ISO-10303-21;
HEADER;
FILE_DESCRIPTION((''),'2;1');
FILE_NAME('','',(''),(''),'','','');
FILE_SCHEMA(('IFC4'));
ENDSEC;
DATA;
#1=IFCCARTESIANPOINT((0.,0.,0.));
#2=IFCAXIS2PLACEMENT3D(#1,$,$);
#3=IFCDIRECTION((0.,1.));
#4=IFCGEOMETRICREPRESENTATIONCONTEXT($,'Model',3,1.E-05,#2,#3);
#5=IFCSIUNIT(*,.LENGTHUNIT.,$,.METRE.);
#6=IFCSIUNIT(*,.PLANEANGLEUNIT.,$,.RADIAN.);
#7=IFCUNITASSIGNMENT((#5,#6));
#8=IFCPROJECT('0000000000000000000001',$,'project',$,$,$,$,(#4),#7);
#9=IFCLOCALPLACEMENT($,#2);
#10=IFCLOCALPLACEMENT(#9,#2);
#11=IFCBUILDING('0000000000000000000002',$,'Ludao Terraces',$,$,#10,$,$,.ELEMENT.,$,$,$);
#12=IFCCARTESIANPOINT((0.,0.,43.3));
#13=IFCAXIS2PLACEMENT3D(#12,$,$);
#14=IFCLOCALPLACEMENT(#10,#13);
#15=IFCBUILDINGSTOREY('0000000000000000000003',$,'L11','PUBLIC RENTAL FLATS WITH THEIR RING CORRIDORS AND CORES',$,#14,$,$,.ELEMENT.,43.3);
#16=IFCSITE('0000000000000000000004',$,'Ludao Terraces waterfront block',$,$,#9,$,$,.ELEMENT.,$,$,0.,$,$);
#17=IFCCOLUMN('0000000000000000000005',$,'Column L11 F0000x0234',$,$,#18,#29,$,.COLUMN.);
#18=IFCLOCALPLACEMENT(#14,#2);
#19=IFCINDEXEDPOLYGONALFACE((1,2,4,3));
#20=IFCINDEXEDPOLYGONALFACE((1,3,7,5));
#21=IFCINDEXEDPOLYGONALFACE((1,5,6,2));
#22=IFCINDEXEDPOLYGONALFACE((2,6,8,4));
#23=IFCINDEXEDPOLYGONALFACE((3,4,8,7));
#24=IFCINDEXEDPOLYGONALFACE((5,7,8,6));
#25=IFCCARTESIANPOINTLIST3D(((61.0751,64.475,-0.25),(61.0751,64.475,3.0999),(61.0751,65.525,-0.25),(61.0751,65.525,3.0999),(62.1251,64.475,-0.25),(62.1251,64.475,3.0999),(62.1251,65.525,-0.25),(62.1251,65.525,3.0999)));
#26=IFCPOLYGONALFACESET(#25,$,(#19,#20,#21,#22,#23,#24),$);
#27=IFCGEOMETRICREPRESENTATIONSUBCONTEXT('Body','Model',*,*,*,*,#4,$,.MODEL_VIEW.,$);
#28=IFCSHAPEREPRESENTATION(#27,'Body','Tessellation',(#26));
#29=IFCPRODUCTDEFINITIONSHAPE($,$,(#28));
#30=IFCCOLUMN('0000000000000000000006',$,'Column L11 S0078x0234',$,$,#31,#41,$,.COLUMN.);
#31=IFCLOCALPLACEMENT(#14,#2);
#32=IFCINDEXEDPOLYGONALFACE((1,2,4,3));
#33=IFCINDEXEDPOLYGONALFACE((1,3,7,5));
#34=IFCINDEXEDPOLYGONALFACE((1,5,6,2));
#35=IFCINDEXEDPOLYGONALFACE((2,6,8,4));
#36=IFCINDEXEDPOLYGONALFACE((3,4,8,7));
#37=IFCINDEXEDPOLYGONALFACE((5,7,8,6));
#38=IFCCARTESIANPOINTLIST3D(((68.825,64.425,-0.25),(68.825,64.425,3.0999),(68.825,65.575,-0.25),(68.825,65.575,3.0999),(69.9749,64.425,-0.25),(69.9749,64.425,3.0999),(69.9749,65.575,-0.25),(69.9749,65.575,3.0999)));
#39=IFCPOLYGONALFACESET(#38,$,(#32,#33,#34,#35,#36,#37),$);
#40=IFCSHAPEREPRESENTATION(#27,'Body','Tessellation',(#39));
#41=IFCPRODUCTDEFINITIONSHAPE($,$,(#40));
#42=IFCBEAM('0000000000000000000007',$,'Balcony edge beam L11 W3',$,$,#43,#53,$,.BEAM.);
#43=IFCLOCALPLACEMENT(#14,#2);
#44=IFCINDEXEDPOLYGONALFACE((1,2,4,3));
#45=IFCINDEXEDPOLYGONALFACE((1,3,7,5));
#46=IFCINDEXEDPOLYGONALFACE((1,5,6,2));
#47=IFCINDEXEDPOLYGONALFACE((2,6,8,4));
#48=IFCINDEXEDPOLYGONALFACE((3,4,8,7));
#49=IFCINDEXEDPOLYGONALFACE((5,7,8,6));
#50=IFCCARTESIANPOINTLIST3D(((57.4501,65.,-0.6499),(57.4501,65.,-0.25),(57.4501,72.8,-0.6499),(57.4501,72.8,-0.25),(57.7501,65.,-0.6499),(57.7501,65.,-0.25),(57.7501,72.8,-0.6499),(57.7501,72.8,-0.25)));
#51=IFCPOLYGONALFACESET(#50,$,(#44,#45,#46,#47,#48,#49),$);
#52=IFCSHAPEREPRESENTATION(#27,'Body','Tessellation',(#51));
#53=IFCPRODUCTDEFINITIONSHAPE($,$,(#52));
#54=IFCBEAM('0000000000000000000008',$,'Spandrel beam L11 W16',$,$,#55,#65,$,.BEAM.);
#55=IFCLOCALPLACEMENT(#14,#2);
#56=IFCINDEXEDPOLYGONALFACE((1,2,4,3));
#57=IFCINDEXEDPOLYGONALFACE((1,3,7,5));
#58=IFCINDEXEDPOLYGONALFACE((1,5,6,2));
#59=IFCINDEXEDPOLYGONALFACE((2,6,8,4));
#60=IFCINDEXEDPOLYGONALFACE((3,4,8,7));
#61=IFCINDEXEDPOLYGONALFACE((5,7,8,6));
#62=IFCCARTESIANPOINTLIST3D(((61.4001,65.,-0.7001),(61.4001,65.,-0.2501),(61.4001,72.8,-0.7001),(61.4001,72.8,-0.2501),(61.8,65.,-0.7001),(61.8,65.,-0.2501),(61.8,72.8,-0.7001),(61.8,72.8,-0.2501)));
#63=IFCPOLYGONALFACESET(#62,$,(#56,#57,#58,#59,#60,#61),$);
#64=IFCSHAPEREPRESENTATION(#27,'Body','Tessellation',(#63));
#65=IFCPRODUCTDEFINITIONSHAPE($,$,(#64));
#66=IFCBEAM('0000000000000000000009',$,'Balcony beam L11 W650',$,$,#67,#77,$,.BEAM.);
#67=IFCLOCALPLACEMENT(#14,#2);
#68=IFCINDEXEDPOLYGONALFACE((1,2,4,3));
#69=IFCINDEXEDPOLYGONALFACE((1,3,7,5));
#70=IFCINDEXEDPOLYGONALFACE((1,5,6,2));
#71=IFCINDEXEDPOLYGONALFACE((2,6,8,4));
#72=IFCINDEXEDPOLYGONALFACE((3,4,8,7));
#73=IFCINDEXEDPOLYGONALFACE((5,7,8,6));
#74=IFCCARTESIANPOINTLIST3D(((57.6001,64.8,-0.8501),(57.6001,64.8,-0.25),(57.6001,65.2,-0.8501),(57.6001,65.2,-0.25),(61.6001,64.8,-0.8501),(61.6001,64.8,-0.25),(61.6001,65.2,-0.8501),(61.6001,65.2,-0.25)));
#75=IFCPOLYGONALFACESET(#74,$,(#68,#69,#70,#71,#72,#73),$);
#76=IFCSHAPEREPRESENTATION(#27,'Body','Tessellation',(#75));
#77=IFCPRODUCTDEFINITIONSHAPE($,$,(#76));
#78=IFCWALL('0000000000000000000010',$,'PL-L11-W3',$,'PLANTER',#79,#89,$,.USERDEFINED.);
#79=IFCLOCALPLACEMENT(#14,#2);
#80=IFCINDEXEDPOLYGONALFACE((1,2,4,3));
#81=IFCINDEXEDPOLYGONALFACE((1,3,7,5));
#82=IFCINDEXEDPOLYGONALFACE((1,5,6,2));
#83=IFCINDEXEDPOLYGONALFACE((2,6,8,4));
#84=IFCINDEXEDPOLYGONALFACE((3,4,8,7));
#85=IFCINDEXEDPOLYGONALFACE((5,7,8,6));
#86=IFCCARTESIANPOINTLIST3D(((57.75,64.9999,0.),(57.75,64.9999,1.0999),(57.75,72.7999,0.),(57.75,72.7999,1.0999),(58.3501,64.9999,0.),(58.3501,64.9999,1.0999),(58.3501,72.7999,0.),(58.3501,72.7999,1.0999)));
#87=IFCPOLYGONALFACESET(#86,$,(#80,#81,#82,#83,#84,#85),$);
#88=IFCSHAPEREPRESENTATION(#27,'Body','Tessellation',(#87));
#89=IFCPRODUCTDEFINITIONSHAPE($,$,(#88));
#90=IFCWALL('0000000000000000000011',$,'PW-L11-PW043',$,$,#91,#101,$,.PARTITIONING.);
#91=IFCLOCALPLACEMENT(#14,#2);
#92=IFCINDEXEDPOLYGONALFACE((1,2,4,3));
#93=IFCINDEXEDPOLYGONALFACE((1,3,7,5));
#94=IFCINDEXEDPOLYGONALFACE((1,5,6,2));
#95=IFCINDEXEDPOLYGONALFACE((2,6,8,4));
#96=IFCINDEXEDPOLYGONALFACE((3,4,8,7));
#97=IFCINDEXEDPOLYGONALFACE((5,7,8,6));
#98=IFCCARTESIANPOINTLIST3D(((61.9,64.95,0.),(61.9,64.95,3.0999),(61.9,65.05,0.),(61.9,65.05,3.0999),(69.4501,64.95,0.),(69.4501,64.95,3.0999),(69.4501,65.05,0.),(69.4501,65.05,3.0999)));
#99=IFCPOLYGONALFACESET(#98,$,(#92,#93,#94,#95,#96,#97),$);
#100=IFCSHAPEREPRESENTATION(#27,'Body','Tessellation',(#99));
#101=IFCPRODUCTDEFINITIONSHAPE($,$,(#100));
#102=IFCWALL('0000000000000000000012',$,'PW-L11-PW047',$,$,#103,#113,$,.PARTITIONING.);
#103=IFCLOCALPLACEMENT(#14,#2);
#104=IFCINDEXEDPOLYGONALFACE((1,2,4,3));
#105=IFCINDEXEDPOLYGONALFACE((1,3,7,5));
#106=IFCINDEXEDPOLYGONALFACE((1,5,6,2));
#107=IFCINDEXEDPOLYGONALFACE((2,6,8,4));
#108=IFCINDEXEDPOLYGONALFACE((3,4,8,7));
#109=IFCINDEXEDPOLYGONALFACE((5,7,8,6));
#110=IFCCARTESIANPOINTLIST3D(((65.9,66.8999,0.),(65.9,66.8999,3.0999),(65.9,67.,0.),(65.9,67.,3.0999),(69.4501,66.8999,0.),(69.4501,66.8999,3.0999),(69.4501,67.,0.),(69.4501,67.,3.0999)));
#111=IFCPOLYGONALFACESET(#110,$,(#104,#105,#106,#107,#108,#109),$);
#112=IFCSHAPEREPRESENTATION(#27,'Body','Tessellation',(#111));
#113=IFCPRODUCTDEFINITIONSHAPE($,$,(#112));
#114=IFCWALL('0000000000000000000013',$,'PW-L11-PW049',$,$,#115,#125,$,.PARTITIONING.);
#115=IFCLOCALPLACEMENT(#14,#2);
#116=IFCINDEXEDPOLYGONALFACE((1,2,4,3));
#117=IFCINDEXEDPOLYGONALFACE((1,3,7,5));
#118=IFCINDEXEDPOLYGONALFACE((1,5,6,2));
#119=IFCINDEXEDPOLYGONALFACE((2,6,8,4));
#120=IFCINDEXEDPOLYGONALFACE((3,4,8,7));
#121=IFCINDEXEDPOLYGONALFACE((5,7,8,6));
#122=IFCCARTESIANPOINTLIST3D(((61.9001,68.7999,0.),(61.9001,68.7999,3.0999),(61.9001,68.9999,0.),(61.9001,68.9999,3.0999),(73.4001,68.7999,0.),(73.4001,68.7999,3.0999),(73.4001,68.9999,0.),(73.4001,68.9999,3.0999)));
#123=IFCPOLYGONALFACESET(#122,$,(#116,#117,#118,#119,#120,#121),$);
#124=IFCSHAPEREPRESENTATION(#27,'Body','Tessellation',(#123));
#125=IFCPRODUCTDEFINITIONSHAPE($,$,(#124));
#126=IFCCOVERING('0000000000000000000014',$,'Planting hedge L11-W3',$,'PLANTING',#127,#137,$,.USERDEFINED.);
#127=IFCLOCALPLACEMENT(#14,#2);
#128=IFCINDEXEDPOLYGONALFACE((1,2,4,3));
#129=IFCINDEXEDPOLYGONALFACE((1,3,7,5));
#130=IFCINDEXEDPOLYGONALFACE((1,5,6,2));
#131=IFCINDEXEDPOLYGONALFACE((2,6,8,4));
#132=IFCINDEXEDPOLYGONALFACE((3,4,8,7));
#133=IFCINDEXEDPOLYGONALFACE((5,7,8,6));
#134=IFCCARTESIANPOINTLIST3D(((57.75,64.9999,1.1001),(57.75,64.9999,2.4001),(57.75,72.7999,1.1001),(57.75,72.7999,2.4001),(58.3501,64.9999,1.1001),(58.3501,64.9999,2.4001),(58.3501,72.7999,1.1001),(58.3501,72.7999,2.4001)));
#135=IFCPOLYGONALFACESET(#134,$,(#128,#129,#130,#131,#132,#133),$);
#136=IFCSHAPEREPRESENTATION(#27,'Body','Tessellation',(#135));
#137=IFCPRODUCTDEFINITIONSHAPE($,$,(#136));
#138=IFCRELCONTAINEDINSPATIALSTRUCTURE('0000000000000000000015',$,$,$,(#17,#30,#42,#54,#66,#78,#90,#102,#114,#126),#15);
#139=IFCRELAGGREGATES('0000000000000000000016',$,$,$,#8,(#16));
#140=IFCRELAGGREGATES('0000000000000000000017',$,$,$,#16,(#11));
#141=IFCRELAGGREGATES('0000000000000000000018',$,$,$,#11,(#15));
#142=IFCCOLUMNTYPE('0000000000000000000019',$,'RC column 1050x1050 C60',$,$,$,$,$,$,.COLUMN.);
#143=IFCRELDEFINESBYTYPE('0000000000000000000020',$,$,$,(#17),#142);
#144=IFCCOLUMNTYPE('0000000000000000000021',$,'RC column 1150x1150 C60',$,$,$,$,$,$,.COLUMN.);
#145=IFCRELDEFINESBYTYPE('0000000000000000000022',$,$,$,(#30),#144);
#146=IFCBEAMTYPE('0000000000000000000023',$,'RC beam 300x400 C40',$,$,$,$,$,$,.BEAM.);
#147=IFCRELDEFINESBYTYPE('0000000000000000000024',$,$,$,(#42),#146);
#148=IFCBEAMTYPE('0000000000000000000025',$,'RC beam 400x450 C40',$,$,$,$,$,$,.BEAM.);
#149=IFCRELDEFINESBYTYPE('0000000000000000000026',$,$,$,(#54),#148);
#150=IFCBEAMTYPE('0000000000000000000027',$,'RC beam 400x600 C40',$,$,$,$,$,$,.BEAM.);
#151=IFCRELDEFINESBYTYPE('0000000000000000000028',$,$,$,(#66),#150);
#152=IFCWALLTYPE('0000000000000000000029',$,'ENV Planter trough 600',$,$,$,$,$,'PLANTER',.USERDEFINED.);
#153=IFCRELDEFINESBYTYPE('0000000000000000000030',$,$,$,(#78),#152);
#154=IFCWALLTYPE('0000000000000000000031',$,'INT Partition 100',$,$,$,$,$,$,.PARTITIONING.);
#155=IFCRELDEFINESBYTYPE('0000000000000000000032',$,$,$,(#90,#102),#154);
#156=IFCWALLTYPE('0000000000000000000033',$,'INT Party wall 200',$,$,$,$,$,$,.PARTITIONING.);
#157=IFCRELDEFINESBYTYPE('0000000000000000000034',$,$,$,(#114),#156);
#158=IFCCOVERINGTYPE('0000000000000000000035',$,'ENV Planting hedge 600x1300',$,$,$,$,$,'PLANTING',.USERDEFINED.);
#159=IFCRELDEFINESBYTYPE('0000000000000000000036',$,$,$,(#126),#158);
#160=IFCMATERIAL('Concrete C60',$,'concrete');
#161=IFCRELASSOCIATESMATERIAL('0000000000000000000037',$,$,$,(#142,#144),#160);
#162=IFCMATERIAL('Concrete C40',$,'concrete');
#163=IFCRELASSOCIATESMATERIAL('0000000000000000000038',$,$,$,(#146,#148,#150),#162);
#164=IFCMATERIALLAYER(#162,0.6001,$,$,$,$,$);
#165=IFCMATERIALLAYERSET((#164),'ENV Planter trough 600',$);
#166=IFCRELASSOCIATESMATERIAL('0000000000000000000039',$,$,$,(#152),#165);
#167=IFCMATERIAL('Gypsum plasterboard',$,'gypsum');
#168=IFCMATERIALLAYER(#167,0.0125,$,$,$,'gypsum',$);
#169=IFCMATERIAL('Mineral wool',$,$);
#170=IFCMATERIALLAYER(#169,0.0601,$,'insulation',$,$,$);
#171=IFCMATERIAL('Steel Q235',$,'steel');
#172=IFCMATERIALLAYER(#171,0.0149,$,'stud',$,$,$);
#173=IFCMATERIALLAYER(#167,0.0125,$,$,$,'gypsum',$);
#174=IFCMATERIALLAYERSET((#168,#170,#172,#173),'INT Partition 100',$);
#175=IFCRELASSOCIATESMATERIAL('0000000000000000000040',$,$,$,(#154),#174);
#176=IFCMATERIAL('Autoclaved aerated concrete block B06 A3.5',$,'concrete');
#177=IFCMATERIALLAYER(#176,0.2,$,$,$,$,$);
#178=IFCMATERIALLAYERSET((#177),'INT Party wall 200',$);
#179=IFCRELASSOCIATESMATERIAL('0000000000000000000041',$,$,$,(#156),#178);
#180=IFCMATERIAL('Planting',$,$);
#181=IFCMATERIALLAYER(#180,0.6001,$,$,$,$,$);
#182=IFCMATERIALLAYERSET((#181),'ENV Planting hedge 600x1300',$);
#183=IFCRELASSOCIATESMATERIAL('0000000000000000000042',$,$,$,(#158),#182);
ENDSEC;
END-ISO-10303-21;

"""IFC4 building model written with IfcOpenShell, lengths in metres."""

from ifc_helpers import new_model, si_unit, direction, frame, frame_2d, origin, origin_2d, place, context, subcontext, project, spatial, rectangle, extrude, material, layer, layer_set, material_profile, profile_set, type_object, element, save


model = new_model("IFC4")

# Units and contexts
model_context = context("Model", 3, precision=1e-05, world=origin(), true_north=direction((0.0, 1.0)))
body_context = subcontext(model_context, "Body", "Model", "MODEL_VIEW")
ifc_project = project(units=[si_unit("LENGTHUNIT", "METRE"), si_unit("PLANEANGLEUNIT", "RADIAN")], contexts=[model_context])

# Site, building, storey
site_placement = place(None, origin())
site = spatial("IfcSite", under=ifc_project, at=site_placement, Name="Ludao Terraces waterfront block", CompositionType="ELEMENT", RefElevation=0.0)
building_placement = place(site_placement, origin())
building = spatial("IfcBuilding", under=site, at=building_placement, Name="Ludao Terraces", CompositionType="ELEMENT")
storey_placement = place(building_placement, frame((0.0, 0.0, 43.3)))
storey = spatial("IfcBuildingStorey", under=building, at=storey_placement, Name="L11", Description="PUBLIC RENTAL FLATS WITH THEIR RING CORRIDORS AND CORES", CompositionType="ELEMENT", Elevation=43.3)

# Columns
ifc_material_1 = material(Name="Concrete C60", Category="concrete")
ifc_material_profile_1 = material_profile(ifc_material_1, rectangle(XDim=1.05, YDim=1.05, at=origin_2d()), Name="1050 X 1050")
ifc_profile_set_1 = profile_set([ifc_material_profile_1], Name="Concrete C60")
column_type_1 = type_object("IfcColumnType", Name="RC column 1050x1050 C60", PredefinedType="COLUMN", material=ifc_profile_set_1)
column_1_placement = place(storey_placement, frame((61.6001, 65.0, -0.25), z_axis=(0.0, 0.0, 1.0), x_axis=(1.0, 0.0, 0.0)))
element("IfcColumn", 1, at=column_1_placement, inside=storey, type_object=column_type_1, Name="Column L11 F0000x0234", PredefinedType="COLUMN", context=body_context, shape_type="SweptSolid", body=[
    extrude(rectangle(XDim=1.05, YDim=1.05, at=origin_2d()), origin(), (0.0, 0.0, 1.0), 3.3499),
])
ifc_material_profile_2 = material_profile(ifc_material_1, rectangle(XDim=1.1499, YDim=1.1499, at=origin_2d()), Name="1150 X 1150")
ifc_profile_set_2 = profile_set([ifc_material_profile_2], Name="Concrete C60")
column_type_2 = type_object("IfcColumnType", Name="RC column 1150x1150 C60", PredefinedType="COLUMN", material=ifc_profile_set_2)
column_2_placement = place(storey_placement, frame((69.3999, 65.0, -0.25), z_axis=(0.0, 0.0, 1.0), x_axis=(1.0, 0.0, 0.0)))
element("IfcColumn", 2, at=column_2_placement, inside=storey, type_object=column_type_2, Name="Column L11 S0078x0234", PredefinedType="COLUMN", context=body_context, shape_type="SweptSolid", body=[
    extrude(rectangle(XDim=1.1499, YDim=1.1499, at=origin_2d()), origin(), (0.0, 0.0, 1.0), 3.3499),
])

# Beams
ifc_material_2 = material(Name="Concrete C40", Category="concrete")
ifc_material_profile_3 = material_profile(ifc_material_2, rectangle(XDim=0.3, YDim=0.3999, at=origin_2d()), Name="300 X 400")
ifc_profile_set_3 = profile_set([ifc_material_profile_3], Name="Concrete C40")
beam_type_1 = type_object("IfcBeamType", Name="RC beam 300x400 C40", PredefinedType="BEAM", material=ifc_profile_set_3)
beam_1_placement = place(storey_placement, frame((57.6001, 65.0, -0.45), z_axis=(0.0, 1.0, 0.0), x_axis=(-1.0, 0.0, 0.0)))
element("IfcBeam", 3, at=beam_1_placement, inside=storey, type_object=beam_type_1, Name="Balcony edge beam L11 W3", PredefinedType="BEAM", context=body_context, shape_type="SweptSolid", body=[
    extrude(rectangle(XDim=0.3, YDim=0.3999, at=origin_2d()), origin(), (0.0, 0.0, 1.0), 7.8),
])
ifc_material_profile_4 = material_profile(ifc_material_2, rectangle(XDim=0.3999, YDim=0.45, at=origin_2d()), Name="400 X 450")
ifc_profile_set_4 = profile_set([ifc_material_profile_4], Name="Concrete C40")
beam_type_2 = type_object("IfcBeamType", Name="RC beam 400x450 C40", PredefinedType="BEAM", material=ifc_profile_set_4)
beam_2_placement = place(storey_placement, frame((61.6001, 65.0, -0.4751), z_axis=(0.0, 1.0, 0.0), x_axis=(-1.0, 0.0, 0.0)))
element("IfcBeam", 4, at=beam_2_placement, inside=storey, type_object=beam_type_2, Name="Spandrel beam L11 W16", PredefinedType="BEAM", context=body_context, shape_type="SweptSolid", body=[
    extrude(rectangle(XDim=0.3999, YDim=0.45, at=origin_2d()), origin(), (0.0, 0.0, 1.0), 7.8),
])
ifc_material_profile_5 = material_profile(ifc_material_2, rectangle(XDim=0.3999, YDim=0.6001, at=origin_2d()), Name="400 X 600")
ifc_profile_set_5 = profile_set([ifc_material_profile_5], Name="Concrete C40")
beam_type_3 = type_object("IfcBeamType", Name="RC beam 400x600 C40", PredefinedType="BEAM", material=ifc_profile_set_5)
beam_3_placement = place(storey_placement, frame((61.6001, 65.0, -0.55), z_axis=(-1.0, 0.0, 0.0), x_axis=(0.0, -1.0, 0.0)))
element("IfcBeam", 5, at=beam_3_placement, inside=storey, type_object=beam_type_3, Name="Balcony beam L11 W650", PredefinedType="BEAM", context=body_context, shape_type="SweptSolid", body=[
    extrude(rectangle(XDim=0.3999, YDim=0.6001, at=origin_2d()), origin(), (0.0, 0.0, 1.0), 4.0),
])

# Wall
ifc_layer_1 = layer(ifc_material_2, 0.6001)
ifc_layer_set_1 = layer_set([ifc_layer_1], Name="ENV Planter trough 600")
wall_type_1 = type_object("IfcWallType", Name="ENV Planter trough 600", ElementType="PLANTER", PredefinedType="USERDEFINED", material=ifc_layer_set_1)
wall_1_placement = place(storey_placement, frame((58.05, 65.0, 0.0), z_axis=(0.0, 0.0, 1.0), x_axis=(0.0, 1.0, 0.0)))
element("IfcWall", 6, at=wall_1_placement, inside=storey, type_object=wall_type_1, Name="PL-L11-W3", ObjectType="PLANTER", PredefinedType="USERDEFINED", context=body_context, shape_type="SweptSolid", body=[
    extrude(rectangle(XDim=7.8, YDim=0.6001, at=frame_2d((3.8999, 0.0))), origin(), (0.0, 0.0, 1.0), 1.0999),
])

# Shared definitions
ifc_material_3 = material(Name="Mineral wool")

# Walls
ifc_material_4 = material(Name="Gypsum plasterboard", Category="gypsum")
ifc_layer_2 = layer(ifc_material_4, 0.0125, Category="gypsum")
ifc_layer_3 = layer(ifc_material_3, 0.0601, Name="insulation")
ifc_material_5 = material(Name="Steel Q235", Category="steel")
ifc_layer_4 = layer(ifc_material_5, 0.0149, Name="stud")
ifc_layer_5 = layer(ifc_material_4, 0.0125, Category="gypsum")
ifc_layer_set_2 = layer_set([ifc_layer_2, ifc_layer_3, ifc_layer_4, ifc_layer_5], Name="INT Partition 100")
wall_type_2 = type_object("IfcWallType", Name="INT Partition 100", PredefinedType="PARTITIONING", material=ifc_layer_set_2)
wall_2_placement = place(storey_placement, frame((61.9001, 65.0, 0.0), z_axis=(0.0, 0.0, 1.0), x_axis=(1.0, 0.0, 0.0)))
element("IfcWall", 7, at=wall_2_placement, inside=storey, type_object=wall_type_2, Name="PW-L11-PW043", PredefinedType="PARTITIONING", context=body_context, shape_type="SweptSolid", body=[
    extrude(rectangle(XDim=7.55, YDim=0.1001, at=frame_2d((3.7749, 0.0))), origin(), (0.0, 0.0, 1.0), 3.0999),
])
wall_3_placement = place(storey_placement, frame((65.9001, 66.95, 0.0), z_axis=(0.0, 0.0, 1.0), x_axis=(1.0, 0.0, 0.0)))
element("IfcWall", 8, at=wall_3_placement, inside=storey, type_object=wall_type_2, Name="PW-L11-PW047", PredefinedType="PARTITIONING", context=body_context, shape_type="SweptSolid", body=[
    extrude(rectangle(XDim=3.55, YDim=0.1001, at=frame_2d((1.7749, 0.0))), origin(), (0.0, 0.0, 1.0), 3.0999),
])
ifc_material_6 = material(Name="Autoclaved aerated concrete block B06 A3.5", Category="concrete")
ifc_layer_6 = layer(ifc_material_6, 0.2)
ifc_layer_set_3 = layer_set([ifc_layer_6], Name="INT Party wall 200")
wall_type_3 = type_object("IfcWallType", Name="INT Party wall 200", PredefinedType="PARTITIONING", material=ifc_layer_set_3)
wall_4_placement = place(storey_placement, frame((61.9001, 68.8999, 0.0), z_axis=(0.0, 0.0, 1.0), x_axis=(1.0, 0.0, 0.0)))
element("IfcWall", 9, at=wall_4_placement, inside=storey, type_object=wall_type_3, Name="PW-L11-PW049", PredefinedType="PARTITIONING", context=body_context, shape_type="SweptSolid", body=[
    extrude(rectangle(XDim=11.5, YDim=0.2, at=frame_2d((5.75, 0.0))), origin(), (0.0, 0.0, 1.0), 3.0999),
])

# Covering
ifc_material_7 = material(Name="Planting")
ifc_layer_7 = layer(ifc_material_7, 0.6001)
ifc_layer_set_4 = layer_set([ifc_layer_7], Name="ENV Planting hedge 600x1300")
covering_type = type_object("IfcCoveringType", Name="ENV Planting hedge 600x1300", ElementType="PLANTING", PredefinedType="USERDEFINED", material=ifc_layer_set_4)
covering_placement = place(storey_placement, frame((58.05, 68.8999, 1.1001), z_axis=(0.0, 0.0, 1.0), x_axis=(1.0, 0.0, 0.0)))
element("IfcCovering", 10, at=covering_placement, inside=storey, type_object=covering_type, Name="Planting hedge L11-W3", ObjectType="PLANTING", PredefinedType="USERDEFINED", context=body_context, shape_type="SweptSolid", body=[
    extrude(rectangle(XDim=0.6001, YDim=7.8, at=origin_2d()), origin(), (0.0, 0.0, 1.0), 1.3),
])

save(model, "model.ifc")
